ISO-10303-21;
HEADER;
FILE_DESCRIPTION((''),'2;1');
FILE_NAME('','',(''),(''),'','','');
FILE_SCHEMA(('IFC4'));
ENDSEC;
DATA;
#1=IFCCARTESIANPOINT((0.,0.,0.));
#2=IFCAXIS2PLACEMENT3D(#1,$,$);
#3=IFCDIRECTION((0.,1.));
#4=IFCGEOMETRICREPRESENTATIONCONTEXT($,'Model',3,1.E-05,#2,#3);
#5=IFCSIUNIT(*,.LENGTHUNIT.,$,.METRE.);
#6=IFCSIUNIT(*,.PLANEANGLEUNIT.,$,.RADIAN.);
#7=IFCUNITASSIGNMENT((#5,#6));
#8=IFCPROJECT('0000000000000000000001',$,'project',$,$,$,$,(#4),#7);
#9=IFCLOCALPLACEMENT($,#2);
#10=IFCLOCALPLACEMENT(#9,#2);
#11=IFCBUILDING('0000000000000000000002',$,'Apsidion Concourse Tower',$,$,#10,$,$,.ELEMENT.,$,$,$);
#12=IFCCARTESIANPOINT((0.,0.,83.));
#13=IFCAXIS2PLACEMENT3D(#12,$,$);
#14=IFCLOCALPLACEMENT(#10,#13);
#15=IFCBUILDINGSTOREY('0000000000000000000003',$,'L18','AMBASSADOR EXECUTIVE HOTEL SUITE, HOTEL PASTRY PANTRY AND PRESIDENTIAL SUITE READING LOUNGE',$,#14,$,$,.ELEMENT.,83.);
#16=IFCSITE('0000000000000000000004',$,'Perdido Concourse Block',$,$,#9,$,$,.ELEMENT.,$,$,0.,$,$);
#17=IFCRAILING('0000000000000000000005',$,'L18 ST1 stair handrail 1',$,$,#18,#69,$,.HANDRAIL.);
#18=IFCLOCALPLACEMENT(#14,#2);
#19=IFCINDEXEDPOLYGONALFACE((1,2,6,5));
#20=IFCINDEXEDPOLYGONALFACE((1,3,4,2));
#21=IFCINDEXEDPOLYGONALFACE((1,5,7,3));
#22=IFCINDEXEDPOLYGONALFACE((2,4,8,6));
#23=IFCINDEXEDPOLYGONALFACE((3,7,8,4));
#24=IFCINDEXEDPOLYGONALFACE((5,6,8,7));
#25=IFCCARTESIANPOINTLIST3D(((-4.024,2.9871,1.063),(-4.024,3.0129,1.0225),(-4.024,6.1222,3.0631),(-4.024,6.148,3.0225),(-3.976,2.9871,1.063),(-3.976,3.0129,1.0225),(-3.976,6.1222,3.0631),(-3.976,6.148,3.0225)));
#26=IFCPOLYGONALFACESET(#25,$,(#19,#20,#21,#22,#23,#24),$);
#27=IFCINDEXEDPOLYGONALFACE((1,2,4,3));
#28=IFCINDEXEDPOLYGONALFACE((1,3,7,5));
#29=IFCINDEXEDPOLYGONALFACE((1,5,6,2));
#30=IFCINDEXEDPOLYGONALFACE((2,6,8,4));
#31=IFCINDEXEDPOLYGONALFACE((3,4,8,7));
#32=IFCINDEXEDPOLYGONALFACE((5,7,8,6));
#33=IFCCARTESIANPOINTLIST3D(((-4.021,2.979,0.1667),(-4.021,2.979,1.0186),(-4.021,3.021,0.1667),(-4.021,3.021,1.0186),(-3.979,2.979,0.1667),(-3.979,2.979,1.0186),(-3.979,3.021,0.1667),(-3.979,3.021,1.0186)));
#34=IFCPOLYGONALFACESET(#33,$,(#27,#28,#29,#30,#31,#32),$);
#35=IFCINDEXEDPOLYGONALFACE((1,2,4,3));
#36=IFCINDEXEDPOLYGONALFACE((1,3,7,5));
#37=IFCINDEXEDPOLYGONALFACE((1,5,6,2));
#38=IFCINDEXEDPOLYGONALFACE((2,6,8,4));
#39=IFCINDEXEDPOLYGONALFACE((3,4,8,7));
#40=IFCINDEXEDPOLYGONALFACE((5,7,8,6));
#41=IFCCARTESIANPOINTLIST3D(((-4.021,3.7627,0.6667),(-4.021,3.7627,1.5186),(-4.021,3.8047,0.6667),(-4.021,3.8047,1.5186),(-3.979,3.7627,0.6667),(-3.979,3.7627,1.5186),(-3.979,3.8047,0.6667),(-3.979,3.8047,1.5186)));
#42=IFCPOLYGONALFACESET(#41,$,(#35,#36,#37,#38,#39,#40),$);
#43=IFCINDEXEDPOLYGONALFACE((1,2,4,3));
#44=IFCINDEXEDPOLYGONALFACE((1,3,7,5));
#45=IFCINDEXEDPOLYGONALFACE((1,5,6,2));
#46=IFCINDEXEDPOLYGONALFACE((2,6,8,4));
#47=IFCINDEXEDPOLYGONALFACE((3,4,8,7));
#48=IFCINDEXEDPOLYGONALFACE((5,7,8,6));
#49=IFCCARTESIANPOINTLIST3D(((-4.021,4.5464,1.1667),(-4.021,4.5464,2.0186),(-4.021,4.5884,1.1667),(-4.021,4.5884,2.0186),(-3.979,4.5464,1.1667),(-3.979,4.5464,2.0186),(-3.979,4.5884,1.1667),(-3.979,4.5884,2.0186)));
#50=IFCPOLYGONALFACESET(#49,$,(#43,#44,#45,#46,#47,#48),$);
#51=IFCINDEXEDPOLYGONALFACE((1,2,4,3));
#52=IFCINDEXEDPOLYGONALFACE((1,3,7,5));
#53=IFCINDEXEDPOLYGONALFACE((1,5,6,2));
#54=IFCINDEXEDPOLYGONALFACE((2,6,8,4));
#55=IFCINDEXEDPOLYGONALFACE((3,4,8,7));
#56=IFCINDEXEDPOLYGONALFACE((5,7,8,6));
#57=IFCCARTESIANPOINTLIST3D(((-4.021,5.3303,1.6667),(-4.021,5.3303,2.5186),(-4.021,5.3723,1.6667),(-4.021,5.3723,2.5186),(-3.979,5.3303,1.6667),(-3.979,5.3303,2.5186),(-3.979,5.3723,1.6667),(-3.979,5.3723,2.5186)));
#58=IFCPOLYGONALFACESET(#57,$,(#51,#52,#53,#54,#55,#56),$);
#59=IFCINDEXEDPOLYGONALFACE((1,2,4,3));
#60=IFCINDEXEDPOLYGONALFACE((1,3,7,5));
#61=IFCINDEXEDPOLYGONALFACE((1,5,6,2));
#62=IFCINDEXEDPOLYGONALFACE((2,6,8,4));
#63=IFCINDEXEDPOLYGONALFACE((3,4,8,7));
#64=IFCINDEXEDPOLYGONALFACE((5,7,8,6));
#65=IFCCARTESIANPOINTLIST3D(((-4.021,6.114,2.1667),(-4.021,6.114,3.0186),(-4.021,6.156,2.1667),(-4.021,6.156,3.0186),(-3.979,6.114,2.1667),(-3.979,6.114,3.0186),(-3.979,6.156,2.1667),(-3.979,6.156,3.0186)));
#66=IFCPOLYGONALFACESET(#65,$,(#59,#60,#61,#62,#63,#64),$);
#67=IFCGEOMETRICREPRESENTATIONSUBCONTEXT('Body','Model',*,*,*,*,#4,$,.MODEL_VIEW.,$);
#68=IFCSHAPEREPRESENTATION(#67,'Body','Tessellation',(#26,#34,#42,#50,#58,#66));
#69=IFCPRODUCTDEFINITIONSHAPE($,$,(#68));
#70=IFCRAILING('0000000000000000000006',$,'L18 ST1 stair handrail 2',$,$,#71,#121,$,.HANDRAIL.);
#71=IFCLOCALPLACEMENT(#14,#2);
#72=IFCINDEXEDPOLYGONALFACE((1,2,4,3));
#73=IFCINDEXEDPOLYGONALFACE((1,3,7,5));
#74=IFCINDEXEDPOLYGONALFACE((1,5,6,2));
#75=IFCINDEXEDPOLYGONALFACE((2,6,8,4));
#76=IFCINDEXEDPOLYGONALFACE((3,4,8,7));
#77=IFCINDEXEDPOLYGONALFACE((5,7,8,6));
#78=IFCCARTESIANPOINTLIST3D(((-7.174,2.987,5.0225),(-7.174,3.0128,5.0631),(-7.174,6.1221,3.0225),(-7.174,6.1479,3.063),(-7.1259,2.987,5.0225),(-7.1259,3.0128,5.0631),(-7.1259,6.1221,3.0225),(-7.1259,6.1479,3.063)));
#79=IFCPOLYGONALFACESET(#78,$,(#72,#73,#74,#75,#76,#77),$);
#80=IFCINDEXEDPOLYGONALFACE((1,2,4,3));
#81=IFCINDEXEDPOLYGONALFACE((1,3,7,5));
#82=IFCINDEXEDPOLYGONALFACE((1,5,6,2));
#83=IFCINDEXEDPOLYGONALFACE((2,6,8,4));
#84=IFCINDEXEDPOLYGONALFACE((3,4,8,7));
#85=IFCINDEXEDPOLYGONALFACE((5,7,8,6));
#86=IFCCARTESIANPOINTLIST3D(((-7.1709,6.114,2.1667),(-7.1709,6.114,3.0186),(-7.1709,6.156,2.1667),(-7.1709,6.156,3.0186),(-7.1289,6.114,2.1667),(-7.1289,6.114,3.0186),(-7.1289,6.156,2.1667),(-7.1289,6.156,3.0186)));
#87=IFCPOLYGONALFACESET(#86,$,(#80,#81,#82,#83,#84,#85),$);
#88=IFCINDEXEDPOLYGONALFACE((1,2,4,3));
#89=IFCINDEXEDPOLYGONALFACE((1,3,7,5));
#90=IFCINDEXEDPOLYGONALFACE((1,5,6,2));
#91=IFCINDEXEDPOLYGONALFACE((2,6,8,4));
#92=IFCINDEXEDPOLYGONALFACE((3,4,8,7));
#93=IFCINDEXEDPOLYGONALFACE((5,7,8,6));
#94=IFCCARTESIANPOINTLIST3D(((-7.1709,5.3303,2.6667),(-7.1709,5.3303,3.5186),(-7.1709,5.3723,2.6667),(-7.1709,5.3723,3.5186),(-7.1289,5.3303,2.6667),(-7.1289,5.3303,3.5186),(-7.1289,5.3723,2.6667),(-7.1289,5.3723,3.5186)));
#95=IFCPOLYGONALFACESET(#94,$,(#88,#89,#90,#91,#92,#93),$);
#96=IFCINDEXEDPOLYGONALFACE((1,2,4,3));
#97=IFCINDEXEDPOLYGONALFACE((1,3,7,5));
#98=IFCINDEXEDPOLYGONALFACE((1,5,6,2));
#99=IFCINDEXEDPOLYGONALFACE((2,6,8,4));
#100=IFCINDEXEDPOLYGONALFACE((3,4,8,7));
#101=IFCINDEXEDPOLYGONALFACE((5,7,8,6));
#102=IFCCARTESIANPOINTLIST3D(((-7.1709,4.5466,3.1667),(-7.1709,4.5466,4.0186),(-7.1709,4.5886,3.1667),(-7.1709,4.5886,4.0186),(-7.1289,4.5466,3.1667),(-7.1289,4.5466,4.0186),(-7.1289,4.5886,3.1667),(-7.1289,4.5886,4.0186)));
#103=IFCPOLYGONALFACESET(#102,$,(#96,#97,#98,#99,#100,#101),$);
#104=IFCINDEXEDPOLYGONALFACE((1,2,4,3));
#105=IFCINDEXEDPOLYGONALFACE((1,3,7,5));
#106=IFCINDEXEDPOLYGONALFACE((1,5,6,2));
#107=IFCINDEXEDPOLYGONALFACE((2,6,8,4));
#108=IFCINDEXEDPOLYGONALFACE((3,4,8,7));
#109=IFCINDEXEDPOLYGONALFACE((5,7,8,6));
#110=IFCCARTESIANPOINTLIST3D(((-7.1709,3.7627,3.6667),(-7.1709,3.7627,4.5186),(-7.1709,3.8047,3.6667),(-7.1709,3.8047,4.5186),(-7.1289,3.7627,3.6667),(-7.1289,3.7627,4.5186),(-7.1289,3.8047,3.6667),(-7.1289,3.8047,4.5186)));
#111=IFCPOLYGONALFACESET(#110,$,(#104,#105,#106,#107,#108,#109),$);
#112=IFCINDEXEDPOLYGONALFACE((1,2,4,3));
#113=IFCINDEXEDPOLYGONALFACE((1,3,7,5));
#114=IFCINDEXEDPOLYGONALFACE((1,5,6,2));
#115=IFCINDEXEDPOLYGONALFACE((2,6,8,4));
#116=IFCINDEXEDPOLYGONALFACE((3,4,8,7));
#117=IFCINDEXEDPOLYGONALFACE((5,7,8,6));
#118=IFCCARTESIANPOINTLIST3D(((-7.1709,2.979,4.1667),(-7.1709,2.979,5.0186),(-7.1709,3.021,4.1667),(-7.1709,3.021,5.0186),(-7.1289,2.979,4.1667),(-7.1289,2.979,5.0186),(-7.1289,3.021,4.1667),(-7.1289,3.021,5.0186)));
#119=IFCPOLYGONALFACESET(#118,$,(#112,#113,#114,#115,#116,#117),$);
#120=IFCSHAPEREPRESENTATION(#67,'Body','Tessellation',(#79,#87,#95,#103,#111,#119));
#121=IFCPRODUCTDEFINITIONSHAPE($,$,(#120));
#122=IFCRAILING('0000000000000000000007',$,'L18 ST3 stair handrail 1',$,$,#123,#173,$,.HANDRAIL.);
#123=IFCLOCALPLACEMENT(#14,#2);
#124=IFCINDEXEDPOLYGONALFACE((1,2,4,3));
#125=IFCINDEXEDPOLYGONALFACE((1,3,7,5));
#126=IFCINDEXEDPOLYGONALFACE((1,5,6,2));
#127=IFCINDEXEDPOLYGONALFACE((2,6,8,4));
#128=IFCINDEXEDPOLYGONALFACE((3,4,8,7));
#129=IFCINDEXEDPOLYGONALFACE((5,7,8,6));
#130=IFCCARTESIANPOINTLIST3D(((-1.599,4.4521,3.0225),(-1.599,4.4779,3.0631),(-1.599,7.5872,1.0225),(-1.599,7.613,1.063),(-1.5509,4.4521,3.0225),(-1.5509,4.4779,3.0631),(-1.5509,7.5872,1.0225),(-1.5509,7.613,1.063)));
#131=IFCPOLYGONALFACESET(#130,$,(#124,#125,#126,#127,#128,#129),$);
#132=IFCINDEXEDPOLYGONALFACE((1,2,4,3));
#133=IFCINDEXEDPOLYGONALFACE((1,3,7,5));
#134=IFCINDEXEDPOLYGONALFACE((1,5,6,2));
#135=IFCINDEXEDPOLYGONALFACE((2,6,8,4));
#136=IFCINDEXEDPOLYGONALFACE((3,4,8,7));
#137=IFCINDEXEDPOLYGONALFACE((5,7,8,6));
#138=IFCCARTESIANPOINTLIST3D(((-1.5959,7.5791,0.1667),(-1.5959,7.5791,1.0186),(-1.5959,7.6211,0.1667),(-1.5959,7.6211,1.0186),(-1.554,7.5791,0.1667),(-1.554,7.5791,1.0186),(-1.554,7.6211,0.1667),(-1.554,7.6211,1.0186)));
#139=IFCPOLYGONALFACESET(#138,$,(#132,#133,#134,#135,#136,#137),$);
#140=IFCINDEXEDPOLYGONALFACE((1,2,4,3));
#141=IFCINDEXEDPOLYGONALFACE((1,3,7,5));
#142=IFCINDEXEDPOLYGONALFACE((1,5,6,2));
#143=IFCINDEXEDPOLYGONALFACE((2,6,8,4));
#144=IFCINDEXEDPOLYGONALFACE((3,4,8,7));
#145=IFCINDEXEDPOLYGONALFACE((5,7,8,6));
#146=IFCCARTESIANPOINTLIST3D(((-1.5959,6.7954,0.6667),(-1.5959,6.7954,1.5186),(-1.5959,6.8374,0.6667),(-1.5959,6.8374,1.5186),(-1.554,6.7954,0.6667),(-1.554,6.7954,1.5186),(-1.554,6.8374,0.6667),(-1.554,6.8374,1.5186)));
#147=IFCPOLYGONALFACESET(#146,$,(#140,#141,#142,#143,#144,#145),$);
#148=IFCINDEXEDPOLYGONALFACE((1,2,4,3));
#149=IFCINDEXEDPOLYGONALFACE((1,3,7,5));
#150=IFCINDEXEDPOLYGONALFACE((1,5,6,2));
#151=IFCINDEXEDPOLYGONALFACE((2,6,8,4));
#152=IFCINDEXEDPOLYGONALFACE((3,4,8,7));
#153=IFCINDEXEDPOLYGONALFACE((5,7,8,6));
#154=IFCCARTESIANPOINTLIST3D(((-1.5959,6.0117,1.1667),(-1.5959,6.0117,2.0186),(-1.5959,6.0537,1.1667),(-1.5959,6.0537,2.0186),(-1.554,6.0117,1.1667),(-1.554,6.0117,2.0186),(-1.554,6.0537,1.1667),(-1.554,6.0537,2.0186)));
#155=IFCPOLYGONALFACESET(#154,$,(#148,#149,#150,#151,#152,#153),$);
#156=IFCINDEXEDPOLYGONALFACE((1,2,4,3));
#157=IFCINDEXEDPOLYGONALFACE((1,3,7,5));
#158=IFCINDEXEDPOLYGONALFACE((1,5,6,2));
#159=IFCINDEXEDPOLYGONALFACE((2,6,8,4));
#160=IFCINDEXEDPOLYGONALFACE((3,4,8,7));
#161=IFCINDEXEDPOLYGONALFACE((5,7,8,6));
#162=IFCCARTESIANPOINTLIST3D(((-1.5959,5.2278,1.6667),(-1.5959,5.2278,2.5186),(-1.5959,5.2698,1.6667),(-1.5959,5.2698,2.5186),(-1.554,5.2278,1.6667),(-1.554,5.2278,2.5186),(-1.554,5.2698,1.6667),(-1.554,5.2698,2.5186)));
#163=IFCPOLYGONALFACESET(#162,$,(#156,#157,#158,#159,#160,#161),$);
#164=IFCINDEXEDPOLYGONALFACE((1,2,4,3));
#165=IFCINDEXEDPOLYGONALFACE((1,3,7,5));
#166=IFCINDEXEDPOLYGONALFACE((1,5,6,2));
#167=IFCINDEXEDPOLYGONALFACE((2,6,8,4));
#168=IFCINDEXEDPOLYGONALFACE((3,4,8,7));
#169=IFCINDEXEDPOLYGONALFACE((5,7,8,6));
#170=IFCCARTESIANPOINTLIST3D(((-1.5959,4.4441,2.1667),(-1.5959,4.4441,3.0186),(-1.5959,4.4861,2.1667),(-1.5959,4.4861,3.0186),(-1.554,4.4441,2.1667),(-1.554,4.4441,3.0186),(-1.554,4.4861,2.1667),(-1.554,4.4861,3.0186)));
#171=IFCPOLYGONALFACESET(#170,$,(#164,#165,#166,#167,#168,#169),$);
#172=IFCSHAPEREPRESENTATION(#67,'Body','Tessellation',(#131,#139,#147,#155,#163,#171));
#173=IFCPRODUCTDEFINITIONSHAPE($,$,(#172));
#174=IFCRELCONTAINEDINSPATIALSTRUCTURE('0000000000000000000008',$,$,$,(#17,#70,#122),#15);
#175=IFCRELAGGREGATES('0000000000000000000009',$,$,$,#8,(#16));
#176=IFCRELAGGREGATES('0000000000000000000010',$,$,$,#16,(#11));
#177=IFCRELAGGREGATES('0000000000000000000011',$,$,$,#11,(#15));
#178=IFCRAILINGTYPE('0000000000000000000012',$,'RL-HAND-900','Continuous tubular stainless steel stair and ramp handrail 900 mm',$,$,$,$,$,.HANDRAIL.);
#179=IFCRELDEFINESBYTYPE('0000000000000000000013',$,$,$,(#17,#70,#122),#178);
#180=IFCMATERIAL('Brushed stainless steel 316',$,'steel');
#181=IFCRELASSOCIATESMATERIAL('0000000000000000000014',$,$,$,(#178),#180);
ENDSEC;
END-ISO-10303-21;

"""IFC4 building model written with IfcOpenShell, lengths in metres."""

from ifc_helpers import new_model, si_unit, direction, frame, origin, origin_2d, place, context, subcontext, project, spatial, rectangle, extrude, material, type_object, element, save


model = new_model("IFC4")

# Units and contexts
model_context = context("Model", 3, precision=1e-05, world=origin(), true_north=direction((0.0, 1.0)))
body_context = subcontext(model_context, "Body", "Model", "MODEL_VIEW")
ifc_project = project(units=[si_unit("LENGTHUNIT", "METRE"), si_unit("PLANEANGLEUNIT", "RADIAN")], contexts=[model_context])

# Site, building, storey
site_placement = place(None, origin())
site = spatial("IfcSite", under=ifc_project, at=site_placement, Name="Perdido Concourse Block", CompositionType="ELEMENT", RefElevation=0.0)
building_placement = place(site_placement, origin())
building = spatial("IfcBuilding", under=site, at=building_placement, Name="Apsidion Concourse Tower", CompositionType="ELEMENT")
storey_placement = place(building_placement, frame((0.0, 0.0, 83.0)))
storey = spatial("IfcBuildingStorey", under=building, at=storey_placement, Name="L18", Description="AMBASSADOR EXECUTIVE HOTEL SUITE, HOTEL PASTRY PANTRY AND PRESIDENTIAL SUITE READING LOUNGE", CompositionType="ELEMENT", Elevation=83.0)

# Railings
ifc_material_1 = material(Name="Brushed stainless steel 316", Category="steel")
railing_type_1 = type_object("IfcRailingType", Name="RL-HAND-900", Description="Continuous tubular stainless steel stair and ramp handrail 900 mm", PredefinedType="HANDRAIL", material=ifc_material_1)
railing_1_placement = place(storey_placement, frame((-4.0, 3.0, 0.1667)))
element("IfcRailing", 1, at=railing_1_placement, inside=storey, type_object=railing_type_1, Name="L18 ST1 stair handrail 1", PredefinedType="HANDRAIL", context=body_context, shape_type="SweptSolid", body=[
    extrude(rectangle(XDim=0.0481, YDim=0.0481, at=origin_2d()), frame((0.0, 0.0, 0.876), z_axis=(0.0, 0.843053, 0.537831), x_axis=(-1.0, 0.0, 0.0)), (0.0, 0.0, 1.0), 3.7188),
    extrude(rectangle(XDim=0.042, YDim=0.042, at=origin_2d()), origin(), (0.0, 0.0, 1.0), 0.8518),
    extrude(rectangle(XDim=0.042, YDim=0.042, at=origin_2d()), frame((0.0, 0.7837, 0.5)), (0.0, 0.0, 1.0), 0.8518),
    extrude(rectangle(XDim=0.042, YDim=0.042, at=origin_2d()), frame((0.0, 1.5674, 1.0)), (0.0, 0.0, 1.0), 0.8518),
    extrude(rectangle(XDim=0.042, YDim=0.042, at=origin_2d()), frame((0.0, 2.3513, 1.5)), (0.0, 0.0, 1.0), 0.8518),
    extrude(rectangle(XDim=0.042, YDim=0.042, at=origin_2d()), frame((0.0, 3.135, 2.0)), (0.0, 0.0, 1.0), 0.8518),
])
for number, where, name in (
    (2, (-7.1499, 6.135, 2.1667), "L18 ST1 stair handrail 2"),
    (3, (-1.575, 7.6001, 0.1667), "L18 ST3 stair handrail 1"),
):
    element("IfcRailing", number, at=place(storey_placement, frame(where)), inside=storey, type_object=railing_type_1, Name=name, PredefinedType="HANDRAIL", context=body_context, shape_type="SweptSolid", body=[
        extrude(rectangle(XDim=0.0481, YDim=0.0481, at=origin_2d()), frame((0.0, 0.0, 0.876), z_axis=(0.0, -0.843053, 0.537831), x_axis=(1.0, 0.0, 0.0)), (0.0, 0.0, 1.0), 3.7188),
        extrude(rectangle(XDim=0.042, YDim=0.042, at=origin_2d()), origin(), (0.0, 0.0, 1.0), 0.8518),
        extrude(rectangle(XDim=0.042, YDim=0.042, at=origin_2d()), frame((0.0, -0.7837, 0.5)), (0.0, 0.0, 1.0), 0.8518),
        extrude(rectangle(XDim=0.042, YDim=0.042, at=origin_2d()), frame((0.0, -1.5674, 1.0)), (0.0, 0.0, 1.0), 0.8518),
        extrude(rectangle(XDim=0.042, YDim=0.042, at=origin_2d()), frame((0.0, -2.3513, 1.5)), (0.0, 0.0, 1.0), 0.8518),
        extrude(rectangle(XDim=0.042, YDim=0.042, at=origin_2d()), frame((0.0, -3.135, 2.0)), (0.0, 0.0, 1.0), 0.8518),
    ])

save(model, "model.ifc")
